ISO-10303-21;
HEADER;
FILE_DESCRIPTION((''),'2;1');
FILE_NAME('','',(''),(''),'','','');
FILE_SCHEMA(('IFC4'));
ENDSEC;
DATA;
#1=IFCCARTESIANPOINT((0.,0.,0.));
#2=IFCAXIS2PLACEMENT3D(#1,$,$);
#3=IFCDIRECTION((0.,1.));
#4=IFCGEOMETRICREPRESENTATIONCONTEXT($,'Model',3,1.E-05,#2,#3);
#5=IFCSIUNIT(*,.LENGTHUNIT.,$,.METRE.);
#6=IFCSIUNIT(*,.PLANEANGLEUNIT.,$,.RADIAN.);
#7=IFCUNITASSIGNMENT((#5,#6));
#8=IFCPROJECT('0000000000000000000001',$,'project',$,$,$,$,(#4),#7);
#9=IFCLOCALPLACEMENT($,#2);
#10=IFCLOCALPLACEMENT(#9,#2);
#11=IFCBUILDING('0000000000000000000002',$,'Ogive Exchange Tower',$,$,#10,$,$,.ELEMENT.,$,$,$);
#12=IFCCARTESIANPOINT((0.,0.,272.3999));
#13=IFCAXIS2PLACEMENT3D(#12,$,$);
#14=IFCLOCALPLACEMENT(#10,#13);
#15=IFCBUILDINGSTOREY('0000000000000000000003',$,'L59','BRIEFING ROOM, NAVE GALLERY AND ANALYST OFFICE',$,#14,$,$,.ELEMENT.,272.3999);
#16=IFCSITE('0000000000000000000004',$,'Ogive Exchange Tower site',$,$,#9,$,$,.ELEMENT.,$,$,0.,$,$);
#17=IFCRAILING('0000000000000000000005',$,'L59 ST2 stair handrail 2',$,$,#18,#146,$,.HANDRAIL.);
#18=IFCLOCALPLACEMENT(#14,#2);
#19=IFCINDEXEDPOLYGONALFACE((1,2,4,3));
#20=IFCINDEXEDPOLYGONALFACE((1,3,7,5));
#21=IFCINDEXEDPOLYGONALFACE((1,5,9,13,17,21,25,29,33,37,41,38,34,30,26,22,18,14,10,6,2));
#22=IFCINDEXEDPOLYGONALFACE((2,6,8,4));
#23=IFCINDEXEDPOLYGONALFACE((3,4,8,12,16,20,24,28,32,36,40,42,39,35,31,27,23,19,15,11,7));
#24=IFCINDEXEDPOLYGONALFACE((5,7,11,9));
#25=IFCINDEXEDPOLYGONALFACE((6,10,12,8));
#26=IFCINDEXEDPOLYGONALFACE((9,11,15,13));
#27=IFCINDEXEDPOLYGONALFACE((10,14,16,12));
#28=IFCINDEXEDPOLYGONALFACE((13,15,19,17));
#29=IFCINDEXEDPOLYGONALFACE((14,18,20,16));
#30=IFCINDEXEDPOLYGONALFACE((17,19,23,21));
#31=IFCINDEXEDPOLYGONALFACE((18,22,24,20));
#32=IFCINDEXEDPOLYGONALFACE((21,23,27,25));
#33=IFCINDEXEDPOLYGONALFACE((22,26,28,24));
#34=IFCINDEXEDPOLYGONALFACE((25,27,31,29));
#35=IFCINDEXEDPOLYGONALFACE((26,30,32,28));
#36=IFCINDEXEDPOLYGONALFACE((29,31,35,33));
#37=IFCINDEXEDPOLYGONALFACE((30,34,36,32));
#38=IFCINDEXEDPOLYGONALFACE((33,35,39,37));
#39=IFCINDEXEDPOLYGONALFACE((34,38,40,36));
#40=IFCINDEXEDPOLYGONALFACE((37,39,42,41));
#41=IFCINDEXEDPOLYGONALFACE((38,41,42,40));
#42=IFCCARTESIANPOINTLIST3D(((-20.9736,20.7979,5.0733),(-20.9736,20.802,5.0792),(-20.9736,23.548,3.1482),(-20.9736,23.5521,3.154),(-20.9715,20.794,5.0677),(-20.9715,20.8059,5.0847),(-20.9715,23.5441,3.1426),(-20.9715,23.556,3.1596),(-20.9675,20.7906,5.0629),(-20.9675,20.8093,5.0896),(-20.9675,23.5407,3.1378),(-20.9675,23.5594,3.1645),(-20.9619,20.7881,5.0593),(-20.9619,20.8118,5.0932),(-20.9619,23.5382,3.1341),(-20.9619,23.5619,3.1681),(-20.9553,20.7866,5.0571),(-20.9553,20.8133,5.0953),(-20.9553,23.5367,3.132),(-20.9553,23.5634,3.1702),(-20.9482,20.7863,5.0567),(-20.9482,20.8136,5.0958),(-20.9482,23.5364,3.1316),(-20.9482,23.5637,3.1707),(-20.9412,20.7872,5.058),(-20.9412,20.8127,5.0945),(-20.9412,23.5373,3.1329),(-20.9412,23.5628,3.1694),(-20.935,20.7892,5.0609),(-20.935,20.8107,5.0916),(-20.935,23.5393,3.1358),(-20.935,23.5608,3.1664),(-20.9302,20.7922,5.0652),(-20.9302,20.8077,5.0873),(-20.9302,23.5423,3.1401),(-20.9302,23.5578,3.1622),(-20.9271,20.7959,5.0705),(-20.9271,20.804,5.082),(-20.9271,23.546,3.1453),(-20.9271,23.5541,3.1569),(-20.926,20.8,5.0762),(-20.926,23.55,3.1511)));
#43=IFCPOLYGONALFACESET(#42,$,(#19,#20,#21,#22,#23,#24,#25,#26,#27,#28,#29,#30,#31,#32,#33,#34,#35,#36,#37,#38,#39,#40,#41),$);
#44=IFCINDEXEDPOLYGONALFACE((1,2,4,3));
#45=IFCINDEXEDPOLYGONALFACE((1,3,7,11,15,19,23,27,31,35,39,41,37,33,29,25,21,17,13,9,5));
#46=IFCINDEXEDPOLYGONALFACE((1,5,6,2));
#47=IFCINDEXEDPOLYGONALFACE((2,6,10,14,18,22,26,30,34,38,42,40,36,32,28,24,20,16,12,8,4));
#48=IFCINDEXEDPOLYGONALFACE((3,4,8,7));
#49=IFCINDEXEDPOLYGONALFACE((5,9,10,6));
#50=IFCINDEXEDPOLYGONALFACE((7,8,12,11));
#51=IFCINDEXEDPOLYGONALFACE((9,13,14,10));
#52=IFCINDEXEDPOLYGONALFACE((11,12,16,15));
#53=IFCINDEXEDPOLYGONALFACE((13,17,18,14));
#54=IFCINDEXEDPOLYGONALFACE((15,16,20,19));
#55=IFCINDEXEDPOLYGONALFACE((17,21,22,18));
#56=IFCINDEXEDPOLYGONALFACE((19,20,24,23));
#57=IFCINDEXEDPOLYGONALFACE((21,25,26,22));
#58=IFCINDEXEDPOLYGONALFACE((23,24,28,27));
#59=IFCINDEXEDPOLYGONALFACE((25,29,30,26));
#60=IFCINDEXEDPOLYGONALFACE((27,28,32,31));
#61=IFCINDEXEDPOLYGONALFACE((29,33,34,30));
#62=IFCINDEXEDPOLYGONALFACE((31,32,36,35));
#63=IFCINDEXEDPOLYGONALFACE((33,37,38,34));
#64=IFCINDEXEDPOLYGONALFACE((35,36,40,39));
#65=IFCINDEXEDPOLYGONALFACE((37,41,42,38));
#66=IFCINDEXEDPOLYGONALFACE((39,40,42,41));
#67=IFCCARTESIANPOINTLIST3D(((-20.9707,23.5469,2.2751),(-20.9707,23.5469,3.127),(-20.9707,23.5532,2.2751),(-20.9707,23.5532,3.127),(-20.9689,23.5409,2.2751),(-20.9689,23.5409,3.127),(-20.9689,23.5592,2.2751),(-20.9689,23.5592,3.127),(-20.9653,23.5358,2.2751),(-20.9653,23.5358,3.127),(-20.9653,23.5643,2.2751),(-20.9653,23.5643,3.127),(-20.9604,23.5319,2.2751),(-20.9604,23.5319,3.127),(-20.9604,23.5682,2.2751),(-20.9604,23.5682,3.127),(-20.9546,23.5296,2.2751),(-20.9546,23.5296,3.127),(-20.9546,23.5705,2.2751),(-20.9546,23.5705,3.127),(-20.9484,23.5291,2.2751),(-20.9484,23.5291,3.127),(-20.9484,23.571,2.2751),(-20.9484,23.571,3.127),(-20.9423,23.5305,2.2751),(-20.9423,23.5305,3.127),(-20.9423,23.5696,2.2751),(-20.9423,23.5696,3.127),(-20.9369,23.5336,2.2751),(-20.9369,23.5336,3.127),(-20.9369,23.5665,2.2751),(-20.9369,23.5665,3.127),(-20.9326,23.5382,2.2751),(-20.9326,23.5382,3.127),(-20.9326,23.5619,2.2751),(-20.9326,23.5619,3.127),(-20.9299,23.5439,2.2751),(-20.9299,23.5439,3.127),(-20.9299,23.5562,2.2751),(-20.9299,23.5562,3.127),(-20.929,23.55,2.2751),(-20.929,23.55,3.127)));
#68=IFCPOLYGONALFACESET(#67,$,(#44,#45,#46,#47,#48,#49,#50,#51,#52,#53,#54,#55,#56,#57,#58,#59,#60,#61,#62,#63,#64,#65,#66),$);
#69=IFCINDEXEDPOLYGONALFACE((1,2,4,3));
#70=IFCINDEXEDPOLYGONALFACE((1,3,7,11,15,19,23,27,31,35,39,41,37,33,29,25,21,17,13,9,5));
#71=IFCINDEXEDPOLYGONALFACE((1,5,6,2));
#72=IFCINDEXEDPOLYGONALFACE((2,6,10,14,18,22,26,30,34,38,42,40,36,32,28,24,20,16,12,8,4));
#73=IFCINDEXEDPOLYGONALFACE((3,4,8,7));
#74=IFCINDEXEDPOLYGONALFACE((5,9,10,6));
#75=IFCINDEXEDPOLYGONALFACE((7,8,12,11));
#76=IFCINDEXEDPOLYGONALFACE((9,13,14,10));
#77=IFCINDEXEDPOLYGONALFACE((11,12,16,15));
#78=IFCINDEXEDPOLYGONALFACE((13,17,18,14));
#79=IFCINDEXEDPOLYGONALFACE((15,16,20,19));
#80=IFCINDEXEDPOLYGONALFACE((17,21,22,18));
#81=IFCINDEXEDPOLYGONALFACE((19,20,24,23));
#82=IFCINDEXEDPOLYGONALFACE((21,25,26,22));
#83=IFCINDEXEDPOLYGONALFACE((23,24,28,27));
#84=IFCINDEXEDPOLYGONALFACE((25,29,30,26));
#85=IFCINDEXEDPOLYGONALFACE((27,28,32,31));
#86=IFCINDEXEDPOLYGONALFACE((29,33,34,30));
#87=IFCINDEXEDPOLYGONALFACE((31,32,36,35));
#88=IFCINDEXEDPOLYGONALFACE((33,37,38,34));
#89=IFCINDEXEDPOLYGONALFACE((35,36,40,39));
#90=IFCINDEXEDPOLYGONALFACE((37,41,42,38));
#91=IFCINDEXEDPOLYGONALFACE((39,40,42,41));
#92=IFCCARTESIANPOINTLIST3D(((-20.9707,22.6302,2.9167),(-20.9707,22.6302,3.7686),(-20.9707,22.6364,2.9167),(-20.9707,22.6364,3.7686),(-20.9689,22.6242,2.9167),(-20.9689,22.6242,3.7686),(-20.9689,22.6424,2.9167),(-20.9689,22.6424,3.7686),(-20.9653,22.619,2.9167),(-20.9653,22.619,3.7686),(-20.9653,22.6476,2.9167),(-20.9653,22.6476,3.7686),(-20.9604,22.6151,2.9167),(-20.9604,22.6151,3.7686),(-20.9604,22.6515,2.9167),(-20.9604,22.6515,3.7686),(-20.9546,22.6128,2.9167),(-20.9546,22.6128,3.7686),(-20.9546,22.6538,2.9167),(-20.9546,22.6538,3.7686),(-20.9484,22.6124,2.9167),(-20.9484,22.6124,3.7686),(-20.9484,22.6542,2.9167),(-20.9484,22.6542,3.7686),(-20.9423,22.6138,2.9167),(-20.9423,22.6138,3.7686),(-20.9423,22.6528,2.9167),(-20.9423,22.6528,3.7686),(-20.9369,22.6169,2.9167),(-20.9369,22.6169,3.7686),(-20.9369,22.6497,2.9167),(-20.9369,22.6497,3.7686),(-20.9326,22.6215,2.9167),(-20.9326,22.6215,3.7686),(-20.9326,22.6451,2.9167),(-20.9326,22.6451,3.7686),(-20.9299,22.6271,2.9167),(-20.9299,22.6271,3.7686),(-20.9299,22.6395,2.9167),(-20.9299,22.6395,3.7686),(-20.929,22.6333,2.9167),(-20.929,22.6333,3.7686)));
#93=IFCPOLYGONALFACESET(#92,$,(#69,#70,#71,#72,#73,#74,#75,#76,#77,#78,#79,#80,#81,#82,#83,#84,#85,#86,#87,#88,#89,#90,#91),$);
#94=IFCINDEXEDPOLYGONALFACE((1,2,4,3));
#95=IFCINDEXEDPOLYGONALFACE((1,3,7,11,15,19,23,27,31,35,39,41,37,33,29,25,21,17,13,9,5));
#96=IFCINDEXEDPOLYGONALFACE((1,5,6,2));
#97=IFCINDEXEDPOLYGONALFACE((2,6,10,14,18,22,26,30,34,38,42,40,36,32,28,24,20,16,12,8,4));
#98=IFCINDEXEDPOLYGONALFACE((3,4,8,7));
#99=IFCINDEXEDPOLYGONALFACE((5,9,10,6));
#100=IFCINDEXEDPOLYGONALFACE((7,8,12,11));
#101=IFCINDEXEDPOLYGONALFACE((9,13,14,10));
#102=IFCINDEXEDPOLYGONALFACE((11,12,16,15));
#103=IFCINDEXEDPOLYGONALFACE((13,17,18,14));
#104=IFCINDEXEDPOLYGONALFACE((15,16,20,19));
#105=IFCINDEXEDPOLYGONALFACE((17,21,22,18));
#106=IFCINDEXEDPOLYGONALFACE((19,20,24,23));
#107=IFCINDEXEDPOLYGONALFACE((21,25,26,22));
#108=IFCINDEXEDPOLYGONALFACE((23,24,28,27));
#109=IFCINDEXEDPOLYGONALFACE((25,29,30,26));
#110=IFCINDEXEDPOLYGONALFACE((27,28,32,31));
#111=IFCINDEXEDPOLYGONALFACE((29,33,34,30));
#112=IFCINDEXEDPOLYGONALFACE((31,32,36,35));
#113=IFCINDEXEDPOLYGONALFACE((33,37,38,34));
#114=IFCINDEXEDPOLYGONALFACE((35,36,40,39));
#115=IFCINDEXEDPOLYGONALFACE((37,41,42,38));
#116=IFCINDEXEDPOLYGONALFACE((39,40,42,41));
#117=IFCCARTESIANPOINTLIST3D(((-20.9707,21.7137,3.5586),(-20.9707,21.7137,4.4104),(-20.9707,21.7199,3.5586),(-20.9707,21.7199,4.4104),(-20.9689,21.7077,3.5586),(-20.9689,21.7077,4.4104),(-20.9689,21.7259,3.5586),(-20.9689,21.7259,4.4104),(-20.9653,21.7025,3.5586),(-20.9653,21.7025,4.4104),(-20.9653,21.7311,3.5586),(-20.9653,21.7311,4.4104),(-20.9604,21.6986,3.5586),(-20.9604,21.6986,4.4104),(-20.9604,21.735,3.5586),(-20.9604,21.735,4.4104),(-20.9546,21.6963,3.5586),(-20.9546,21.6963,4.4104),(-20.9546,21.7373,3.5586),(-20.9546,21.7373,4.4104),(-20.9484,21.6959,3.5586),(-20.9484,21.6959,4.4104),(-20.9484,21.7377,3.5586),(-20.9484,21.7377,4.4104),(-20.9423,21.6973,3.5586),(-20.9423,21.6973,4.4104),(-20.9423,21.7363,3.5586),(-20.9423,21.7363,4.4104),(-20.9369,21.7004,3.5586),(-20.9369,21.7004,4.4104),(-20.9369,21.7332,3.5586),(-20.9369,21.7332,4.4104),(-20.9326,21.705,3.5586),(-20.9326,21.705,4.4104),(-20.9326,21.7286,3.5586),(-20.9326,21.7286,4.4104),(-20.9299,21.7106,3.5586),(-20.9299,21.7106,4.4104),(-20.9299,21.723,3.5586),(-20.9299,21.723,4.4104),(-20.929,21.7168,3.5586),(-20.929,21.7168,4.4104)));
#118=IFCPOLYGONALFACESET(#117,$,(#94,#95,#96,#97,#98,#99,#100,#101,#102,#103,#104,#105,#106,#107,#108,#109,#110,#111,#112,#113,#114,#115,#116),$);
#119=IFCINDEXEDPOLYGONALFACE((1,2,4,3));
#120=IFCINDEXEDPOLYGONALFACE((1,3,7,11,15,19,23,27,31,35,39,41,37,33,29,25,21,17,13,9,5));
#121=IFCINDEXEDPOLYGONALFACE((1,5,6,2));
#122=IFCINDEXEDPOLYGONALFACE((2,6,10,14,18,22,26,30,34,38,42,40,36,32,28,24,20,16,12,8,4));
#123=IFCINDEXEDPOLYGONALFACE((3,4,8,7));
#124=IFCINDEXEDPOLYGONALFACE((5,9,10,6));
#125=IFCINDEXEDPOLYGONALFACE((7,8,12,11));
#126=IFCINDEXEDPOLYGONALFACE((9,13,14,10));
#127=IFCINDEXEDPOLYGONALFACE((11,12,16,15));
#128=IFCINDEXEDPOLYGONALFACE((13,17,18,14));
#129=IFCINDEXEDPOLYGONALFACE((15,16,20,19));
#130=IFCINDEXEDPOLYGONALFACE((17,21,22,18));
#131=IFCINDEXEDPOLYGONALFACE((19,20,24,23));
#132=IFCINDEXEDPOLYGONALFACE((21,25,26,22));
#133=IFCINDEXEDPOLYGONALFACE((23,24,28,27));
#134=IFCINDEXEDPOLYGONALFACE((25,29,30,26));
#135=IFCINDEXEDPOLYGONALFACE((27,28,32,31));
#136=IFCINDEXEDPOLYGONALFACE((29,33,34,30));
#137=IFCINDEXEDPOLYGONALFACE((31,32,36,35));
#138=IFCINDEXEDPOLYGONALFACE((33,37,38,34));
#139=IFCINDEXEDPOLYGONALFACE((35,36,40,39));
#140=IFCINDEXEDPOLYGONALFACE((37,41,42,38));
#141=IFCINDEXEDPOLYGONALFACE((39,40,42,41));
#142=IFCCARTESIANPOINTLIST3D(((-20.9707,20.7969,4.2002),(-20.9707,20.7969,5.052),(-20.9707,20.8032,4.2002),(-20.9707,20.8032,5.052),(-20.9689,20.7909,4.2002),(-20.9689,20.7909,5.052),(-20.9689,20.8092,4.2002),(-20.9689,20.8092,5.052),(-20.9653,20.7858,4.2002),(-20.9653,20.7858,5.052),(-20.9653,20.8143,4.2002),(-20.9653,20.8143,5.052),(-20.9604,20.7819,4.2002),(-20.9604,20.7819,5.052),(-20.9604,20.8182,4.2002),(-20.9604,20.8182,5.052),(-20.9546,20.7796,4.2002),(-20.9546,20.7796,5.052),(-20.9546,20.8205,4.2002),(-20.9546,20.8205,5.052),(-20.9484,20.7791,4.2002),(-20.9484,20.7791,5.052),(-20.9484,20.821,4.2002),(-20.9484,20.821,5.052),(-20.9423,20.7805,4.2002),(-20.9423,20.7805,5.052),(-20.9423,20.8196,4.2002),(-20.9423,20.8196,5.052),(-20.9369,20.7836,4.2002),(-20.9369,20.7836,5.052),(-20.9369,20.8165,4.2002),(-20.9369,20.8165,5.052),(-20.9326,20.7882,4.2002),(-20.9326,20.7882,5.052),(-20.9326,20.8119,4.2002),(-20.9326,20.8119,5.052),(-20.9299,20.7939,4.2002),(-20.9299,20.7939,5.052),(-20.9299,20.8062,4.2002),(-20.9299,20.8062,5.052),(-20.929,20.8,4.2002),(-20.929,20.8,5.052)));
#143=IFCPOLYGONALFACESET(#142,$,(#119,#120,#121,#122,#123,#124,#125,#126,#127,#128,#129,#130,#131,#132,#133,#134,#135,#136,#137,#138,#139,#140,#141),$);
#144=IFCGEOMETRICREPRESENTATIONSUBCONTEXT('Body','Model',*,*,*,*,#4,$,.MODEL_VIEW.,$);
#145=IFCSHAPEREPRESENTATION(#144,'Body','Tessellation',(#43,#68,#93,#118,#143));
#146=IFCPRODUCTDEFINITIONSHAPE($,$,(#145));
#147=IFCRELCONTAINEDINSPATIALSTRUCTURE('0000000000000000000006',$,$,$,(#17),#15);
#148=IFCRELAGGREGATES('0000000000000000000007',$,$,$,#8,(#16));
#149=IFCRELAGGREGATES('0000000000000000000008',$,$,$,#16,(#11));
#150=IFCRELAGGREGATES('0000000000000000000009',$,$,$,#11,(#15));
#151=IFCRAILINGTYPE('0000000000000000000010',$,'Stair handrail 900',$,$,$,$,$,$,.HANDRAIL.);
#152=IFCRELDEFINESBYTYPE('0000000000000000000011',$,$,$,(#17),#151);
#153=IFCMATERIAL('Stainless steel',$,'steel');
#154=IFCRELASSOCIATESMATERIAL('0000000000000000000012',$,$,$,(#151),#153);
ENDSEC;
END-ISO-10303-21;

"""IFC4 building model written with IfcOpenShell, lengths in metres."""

from ifc_helpers import new_model, si_unit, direction, frame, origin, origin_2d, place, context, subcontext, project, spatial, circle, extrude, material, type_object, element, save


model = new_model("IFC4")

# Units and contexts
model_context = context("Model", 3, precision=1e-05, world=origin(), true_north=direction((0.0, 1.0)))
body_context = subcontext(model_context, "Body", "Model", "MODEL_VIEW")
ifc_project = project(units=[si_unit("LENGTHUNIT", "METRE"), si_unit("PLANEANGLEUNIT", "RADIAN")], contexts=[model_context])

# Site, building, storey
site_placement = place(None, origin())
site = spatial("IfcSite", under=ifc_project, at=site_placement, Name="Ogive Exchange Tower site", CompositionType="ELEMENT", RefElevation=0.0)
building_placement = place(site_placement, origin())
building = spatial("IfcBuilding", under=site, at=building_placement, Name="Ogive Exchange Tower", CompositionType="ELEMENT")
storey_placement = place(building_placement, frame((0.0, 0.0, 272.3999)))
storey = spatial("IfcBuildingStorey", under=building, at=storey_placement, Name="L59", Description="BRIEFING ROOM, NAVE GALLERY AND ANALYST OFFICE", CompositionType="ELEMENT", Elevation=272.3999)

# Railing
ifc_material_1 = material(Name="Stainless steel", Category="steel")
railing_type = type_object("IfcRailingType", Name="Stair handrail 900", PredefinedType="HANDRAIL", material=ifc_material_1)
railing_1_placement = place(storey_placement, frame((-20.95, 23.55, 2.2751)))
element("IfcRailing", 1, at=railing_1_placement, inside=storey, type_object=railing_type, Name="L59 ST2 stair handrail 2", PredefinedType="HANDRAIL", context=body_context, shape_type="SweptSolid", body=[
    extrude(circle(Radius=0.0239, at=origin_2d()), frame((0.0, 0.0, 0.876), z_axis=(0.0, -0.819225, 0.573472), x_axis=(1.0, 0.0, 0.0)), (0.0, 0.0, 1.0), 3.3569),
    extrude(circle(Radius=0.021, at=origin_2d()), origin(), (0.0, 0.0, 1.0), 0.8518),
    extrude(circle(Radius=0.021, at=origin_2d()), frame((0.0, -0.9167, 0.6416)), (0.0, 0.0, 1.0), 0.8518),
    extrude(circle(Radius=0.021, at=origin_2d()), frame((0.0, -1.8333, 1.2834)), (0.0, 0.0, 1.0), 0.8518),
    extrude(circle(Radius=0.021, at=origin_2d()), frame((0.0, -2.75, 1.925)), (0.0, 0.0, 1.0), 0.8518),
])

save(model, "model.ifc")
